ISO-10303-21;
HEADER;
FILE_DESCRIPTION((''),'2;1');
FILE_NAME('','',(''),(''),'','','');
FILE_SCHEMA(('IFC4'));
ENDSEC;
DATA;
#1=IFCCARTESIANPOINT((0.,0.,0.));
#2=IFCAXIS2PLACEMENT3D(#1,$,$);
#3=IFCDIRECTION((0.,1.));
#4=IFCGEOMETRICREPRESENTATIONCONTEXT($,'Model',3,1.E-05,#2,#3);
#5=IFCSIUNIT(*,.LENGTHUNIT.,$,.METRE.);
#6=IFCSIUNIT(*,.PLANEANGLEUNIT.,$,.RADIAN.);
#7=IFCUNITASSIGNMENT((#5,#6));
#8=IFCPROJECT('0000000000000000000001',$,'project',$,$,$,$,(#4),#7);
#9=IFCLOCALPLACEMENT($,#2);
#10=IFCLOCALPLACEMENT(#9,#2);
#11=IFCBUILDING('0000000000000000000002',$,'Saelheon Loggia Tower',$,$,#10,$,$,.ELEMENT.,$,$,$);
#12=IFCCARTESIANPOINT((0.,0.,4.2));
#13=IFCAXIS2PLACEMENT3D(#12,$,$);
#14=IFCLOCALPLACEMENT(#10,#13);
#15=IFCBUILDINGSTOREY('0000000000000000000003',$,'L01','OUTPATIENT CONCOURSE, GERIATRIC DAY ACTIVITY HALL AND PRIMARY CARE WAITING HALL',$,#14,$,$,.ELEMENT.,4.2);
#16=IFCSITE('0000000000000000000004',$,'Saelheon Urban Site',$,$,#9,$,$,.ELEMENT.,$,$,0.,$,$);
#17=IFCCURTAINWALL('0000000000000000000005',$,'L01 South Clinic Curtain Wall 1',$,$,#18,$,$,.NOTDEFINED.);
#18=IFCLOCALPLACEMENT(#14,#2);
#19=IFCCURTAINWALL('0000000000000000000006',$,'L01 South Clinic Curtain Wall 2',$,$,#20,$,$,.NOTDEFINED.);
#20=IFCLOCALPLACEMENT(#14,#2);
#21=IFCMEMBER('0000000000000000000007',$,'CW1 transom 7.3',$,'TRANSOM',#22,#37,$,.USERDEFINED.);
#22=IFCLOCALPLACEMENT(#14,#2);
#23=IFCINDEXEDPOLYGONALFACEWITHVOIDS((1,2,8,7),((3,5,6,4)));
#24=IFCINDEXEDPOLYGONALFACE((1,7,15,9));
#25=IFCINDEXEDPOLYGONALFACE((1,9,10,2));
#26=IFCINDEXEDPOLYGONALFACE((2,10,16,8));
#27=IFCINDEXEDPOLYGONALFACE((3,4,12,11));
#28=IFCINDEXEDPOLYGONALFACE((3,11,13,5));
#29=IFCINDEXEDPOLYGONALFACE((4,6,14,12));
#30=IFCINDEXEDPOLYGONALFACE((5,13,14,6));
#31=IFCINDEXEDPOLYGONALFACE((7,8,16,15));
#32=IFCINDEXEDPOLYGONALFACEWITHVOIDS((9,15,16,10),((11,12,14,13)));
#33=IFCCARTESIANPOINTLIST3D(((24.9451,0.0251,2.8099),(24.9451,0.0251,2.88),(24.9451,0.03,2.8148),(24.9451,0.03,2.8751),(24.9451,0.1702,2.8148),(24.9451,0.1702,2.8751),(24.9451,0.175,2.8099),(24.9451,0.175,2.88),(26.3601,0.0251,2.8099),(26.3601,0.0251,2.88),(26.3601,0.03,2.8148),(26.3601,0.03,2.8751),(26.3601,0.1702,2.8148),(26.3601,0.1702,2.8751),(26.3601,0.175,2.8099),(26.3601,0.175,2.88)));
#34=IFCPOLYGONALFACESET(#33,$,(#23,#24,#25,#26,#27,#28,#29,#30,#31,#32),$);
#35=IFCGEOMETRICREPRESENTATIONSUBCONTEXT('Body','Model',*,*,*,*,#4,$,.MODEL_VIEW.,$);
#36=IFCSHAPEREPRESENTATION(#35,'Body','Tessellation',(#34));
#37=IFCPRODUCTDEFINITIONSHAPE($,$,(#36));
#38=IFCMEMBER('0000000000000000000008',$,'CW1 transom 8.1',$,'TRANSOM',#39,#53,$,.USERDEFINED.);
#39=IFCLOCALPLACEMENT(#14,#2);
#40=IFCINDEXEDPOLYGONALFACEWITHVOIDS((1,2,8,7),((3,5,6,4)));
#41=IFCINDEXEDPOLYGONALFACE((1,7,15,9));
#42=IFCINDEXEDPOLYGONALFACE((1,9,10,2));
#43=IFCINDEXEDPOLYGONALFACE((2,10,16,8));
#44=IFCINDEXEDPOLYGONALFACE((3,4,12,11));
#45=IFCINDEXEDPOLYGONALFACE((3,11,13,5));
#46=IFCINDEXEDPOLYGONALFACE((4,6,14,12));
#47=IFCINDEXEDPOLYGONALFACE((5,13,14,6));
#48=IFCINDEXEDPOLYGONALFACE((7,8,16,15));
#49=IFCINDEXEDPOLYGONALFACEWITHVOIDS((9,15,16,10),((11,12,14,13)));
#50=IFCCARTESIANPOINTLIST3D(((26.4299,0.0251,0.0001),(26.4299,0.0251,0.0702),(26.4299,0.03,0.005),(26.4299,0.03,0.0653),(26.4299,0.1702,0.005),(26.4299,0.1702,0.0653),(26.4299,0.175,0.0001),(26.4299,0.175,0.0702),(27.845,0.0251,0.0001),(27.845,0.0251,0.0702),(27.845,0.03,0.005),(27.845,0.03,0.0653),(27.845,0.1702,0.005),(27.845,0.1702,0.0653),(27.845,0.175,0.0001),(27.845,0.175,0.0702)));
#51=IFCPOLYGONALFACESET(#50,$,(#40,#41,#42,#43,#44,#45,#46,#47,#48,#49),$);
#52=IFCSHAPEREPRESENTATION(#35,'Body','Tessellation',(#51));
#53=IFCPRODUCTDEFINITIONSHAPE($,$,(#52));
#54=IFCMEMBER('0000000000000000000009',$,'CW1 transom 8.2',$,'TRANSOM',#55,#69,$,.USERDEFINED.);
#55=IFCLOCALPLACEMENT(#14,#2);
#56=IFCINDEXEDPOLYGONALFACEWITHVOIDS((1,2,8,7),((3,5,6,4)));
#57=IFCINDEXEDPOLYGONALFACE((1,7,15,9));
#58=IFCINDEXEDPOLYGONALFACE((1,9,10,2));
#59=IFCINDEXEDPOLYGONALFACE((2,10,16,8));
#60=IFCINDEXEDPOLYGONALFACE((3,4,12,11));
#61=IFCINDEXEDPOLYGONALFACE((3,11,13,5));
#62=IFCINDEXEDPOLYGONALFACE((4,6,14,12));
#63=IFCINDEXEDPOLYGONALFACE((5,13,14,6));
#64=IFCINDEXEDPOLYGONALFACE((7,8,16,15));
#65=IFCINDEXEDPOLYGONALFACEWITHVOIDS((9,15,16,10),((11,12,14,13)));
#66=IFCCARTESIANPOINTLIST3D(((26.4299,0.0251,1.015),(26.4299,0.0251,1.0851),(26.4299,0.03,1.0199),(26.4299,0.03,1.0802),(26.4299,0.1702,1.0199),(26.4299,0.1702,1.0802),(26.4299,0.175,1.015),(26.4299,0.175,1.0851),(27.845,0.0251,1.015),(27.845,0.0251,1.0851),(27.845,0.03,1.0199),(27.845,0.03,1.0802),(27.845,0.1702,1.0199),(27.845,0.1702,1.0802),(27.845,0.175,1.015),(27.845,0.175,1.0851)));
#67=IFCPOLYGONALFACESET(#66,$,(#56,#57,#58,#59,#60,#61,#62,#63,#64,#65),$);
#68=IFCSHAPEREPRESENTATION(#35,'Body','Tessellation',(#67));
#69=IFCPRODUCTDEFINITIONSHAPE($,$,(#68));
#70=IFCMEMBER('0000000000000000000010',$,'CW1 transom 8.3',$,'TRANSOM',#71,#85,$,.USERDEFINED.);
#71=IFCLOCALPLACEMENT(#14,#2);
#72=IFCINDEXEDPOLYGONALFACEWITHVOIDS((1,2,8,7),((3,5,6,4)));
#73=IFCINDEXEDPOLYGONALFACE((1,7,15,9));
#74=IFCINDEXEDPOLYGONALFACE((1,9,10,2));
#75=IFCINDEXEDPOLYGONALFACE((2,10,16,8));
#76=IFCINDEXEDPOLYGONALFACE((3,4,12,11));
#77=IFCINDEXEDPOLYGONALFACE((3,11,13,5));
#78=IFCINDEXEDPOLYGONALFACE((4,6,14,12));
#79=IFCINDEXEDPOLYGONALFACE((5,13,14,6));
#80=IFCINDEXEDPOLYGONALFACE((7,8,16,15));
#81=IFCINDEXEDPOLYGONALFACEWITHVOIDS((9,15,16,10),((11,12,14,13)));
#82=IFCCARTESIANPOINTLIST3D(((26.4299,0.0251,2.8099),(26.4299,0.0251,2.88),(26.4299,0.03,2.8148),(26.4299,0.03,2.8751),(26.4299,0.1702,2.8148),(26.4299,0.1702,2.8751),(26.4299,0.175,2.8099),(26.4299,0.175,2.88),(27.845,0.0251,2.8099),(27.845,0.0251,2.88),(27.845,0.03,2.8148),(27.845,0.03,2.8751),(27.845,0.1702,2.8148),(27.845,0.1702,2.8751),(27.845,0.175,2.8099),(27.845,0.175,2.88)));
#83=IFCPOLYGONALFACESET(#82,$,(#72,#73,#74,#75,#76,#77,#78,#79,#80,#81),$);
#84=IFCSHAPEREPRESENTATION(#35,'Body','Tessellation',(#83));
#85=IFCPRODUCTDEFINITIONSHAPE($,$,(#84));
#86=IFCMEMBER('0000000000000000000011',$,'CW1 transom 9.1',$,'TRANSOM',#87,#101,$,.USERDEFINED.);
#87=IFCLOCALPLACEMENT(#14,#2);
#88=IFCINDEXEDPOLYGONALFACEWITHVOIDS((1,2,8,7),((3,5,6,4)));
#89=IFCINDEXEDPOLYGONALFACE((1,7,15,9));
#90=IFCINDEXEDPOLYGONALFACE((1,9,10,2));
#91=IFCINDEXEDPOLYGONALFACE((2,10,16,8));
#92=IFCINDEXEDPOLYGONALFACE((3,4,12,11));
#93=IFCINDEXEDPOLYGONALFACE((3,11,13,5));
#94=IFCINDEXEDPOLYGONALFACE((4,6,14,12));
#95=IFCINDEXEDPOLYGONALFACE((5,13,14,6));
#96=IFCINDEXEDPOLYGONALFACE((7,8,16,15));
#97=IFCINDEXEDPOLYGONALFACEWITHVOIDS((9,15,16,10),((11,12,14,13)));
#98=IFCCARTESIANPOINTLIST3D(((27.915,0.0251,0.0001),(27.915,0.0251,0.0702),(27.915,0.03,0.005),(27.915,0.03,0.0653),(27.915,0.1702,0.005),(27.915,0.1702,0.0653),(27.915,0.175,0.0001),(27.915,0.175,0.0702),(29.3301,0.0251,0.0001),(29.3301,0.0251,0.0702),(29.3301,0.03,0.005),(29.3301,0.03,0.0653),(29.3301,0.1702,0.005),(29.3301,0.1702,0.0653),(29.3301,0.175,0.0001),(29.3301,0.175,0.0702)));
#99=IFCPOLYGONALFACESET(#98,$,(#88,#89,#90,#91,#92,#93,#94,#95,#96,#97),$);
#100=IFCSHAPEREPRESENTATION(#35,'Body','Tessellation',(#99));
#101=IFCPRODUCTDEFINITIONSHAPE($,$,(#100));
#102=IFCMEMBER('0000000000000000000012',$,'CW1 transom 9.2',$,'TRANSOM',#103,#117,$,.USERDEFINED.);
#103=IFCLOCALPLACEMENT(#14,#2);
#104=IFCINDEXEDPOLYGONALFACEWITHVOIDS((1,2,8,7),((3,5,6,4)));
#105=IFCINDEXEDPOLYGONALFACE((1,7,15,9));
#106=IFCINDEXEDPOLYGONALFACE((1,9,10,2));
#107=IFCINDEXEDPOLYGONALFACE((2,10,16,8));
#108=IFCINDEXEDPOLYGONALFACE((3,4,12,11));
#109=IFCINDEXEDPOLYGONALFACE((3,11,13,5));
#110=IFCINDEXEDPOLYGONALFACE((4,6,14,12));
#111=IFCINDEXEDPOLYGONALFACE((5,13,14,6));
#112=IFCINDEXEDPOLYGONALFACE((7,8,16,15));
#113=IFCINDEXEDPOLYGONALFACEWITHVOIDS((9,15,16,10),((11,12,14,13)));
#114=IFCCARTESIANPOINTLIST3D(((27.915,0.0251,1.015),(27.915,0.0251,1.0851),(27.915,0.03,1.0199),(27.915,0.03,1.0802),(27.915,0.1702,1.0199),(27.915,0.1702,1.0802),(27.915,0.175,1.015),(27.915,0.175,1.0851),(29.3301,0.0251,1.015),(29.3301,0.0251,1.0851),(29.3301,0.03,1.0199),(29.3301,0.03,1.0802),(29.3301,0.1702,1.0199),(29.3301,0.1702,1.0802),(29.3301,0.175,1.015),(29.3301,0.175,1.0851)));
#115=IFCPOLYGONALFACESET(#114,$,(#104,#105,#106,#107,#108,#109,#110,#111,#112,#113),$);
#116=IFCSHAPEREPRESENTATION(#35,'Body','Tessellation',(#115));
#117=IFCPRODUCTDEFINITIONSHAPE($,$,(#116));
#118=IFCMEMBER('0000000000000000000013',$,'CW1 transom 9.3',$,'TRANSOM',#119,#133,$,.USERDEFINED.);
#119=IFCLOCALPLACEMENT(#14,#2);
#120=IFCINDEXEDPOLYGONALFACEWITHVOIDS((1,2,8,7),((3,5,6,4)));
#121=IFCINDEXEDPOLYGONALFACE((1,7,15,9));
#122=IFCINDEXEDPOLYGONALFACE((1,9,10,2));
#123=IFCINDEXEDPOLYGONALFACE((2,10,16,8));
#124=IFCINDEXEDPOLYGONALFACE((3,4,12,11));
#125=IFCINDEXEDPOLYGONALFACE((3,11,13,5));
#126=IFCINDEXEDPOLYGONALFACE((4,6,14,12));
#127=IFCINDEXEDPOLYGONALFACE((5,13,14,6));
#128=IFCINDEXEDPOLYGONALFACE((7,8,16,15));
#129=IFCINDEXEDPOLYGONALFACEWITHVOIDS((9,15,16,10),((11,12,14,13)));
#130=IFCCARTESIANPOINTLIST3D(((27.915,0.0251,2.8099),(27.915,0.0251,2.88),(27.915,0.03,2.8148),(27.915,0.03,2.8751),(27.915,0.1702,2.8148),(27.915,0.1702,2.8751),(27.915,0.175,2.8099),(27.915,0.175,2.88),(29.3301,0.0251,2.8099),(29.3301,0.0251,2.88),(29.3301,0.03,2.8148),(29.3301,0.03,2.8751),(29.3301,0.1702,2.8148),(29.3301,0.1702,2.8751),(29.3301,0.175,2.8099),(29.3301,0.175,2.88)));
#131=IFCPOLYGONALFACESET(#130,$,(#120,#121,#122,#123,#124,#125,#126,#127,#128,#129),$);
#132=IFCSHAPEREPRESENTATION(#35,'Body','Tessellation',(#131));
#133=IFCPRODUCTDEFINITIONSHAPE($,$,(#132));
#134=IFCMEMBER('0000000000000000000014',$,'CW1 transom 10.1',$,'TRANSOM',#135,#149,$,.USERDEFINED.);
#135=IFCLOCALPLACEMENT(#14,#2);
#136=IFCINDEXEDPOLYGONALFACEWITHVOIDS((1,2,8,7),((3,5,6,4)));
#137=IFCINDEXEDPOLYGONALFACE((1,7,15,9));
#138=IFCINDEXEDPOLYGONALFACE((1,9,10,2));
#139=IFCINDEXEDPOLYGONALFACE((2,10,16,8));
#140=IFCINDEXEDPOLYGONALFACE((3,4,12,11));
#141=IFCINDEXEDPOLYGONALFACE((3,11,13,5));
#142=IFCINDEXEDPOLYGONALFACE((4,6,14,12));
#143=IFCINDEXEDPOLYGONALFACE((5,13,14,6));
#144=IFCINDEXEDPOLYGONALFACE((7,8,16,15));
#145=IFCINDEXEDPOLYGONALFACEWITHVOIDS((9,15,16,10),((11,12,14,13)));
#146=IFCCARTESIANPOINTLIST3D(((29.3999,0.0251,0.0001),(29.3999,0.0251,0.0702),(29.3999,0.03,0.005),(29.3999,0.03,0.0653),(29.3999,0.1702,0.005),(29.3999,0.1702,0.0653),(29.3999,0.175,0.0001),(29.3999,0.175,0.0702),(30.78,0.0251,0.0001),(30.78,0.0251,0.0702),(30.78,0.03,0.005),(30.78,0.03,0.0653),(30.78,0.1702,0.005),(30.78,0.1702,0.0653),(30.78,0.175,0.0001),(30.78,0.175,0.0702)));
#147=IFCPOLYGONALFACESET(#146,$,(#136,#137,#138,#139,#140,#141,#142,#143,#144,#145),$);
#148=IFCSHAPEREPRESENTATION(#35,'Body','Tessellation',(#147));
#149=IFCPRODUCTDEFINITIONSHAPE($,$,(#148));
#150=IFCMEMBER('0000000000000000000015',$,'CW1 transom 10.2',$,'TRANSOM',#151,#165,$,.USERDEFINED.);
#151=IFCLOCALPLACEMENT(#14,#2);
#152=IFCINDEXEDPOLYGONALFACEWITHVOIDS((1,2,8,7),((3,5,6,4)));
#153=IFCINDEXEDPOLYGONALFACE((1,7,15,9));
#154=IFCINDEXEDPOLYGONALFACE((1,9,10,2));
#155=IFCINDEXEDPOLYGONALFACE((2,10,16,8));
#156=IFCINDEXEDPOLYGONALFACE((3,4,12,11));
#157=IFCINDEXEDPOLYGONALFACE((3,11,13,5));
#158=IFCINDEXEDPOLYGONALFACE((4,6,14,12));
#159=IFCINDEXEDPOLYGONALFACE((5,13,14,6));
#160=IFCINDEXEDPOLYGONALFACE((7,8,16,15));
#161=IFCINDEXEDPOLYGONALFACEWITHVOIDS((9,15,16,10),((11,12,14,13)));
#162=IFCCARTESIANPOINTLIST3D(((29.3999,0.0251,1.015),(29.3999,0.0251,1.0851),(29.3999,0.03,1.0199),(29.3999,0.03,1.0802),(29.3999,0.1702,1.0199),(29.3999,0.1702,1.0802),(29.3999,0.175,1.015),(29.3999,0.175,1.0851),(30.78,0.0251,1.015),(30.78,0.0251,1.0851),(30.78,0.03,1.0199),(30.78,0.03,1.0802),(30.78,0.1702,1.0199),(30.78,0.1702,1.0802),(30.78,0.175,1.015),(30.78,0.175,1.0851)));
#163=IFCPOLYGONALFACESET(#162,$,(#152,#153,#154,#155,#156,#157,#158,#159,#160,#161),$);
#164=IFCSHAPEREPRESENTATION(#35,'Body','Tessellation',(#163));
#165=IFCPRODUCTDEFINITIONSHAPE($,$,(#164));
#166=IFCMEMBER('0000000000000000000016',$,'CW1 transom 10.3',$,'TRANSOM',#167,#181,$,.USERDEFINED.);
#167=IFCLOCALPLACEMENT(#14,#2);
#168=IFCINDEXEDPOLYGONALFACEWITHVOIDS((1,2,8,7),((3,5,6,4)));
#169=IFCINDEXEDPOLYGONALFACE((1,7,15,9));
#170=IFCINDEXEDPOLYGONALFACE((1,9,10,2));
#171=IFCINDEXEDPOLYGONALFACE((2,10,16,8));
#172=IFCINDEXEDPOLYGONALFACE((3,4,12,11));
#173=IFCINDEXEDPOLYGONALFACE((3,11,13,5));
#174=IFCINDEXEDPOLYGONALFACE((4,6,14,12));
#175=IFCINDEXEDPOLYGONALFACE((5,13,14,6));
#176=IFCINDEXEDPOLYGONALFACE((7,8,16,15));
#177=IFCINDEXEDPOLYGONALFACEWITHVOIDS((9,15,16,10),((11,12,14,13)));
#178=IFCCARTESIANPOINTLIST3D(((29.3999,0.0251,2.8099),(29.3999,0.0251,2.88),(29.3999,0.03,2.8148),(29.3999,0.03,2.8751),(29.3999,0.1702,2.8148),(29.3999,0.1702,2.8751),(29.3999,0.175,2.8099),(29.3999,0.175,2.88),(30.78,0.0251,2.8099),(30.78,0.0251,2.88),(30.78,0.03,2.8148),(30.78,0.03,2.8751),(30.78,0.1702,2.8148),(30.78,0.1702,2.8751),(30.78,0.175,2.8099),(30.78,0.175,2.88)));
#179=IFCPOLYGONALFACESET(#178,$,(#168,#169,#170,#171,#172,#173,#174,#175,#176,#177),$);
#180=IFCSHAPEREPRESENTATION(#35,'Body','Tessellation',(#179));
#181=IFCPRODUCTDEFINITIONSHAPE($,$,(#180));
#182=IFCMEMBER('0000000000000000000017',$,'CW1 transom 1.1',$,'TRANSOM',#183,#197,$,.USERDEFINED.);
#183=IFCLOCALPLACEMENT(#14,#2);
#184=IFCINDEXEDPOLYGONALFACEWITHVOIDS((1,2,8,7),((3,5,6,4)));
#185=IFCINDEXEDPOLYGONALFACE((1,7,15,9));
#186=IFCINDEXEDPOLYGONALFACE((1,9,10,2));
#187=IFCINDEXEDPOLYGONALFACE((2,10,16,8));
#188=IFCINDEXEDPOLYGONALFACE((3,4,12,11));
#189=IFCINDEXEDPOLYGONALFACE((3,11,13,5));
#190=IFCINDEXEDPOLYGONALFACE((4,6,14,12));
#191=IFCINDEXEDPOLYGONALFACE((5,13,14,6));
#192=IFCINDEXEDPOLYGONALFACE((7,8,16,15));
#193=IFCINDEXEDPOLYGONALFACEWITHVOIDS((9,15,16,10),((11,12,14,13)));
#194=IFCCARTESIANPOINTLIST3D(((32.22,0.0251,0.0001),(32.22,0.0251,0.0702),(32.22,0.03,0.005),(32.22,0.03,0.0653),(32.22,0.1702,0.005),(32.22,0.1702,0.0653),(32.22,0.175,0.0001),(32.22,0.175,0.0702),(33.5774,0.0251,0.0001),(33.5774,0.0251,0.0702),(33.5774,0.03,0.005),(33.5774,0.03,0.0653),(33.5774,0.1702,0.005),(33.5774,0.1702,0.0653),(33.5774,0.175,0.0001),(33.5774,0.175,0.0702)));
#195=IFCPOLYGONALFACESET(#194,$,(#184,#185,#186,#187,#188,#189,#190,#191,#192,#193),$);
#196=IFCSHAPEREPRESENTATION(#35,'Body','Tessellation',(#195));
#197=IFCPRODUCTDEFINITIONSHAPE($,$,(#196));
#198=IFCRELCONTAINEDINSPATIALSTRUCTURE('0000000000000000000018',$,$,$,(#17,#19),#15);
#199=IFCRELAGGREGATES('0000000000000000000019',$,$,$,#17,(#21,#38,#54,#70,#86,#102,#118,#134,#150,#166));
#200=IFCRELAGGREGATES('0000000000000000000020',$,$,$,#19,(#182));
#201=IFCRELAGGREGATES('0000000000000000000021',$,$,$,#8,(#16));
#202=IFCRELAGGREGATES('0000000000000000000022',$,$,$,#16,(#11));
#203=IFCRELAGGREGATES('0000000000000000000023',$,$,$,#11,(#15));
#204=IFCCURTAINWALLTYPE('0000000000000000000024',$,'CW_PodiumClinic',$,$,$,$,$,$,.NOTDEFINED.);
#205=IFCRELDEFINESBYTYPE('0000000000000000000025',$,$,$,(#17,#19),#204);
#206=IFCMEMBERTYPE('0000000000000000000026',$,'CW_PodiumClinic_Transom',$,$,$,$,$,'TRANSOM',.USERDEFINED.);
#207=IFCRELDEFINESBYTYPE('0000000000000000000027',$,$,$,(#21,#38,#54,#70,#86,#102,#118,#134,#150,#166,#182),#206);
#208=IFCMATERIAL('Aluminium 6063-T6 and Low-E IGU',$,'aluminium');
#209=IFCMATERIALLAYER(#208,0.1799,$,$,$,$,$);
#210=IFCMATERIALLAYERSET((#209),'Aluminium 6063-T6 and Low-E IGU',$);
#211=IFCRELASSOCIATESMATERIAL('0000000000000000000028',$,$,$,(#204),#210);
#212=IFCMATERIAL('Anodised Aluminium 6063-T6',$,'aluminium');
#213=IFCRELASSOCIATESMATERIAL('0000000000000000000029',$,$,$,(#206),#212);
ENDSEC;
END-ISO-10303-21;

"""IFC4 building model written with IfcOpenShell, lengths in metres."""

from ifc_helpers import new_model, si_unit, direction, frame, origin, origin_2d, place, context, subcontext, project, spatial, hollow_rectangle, extrude, source, transform, mapped, material, layer, layer_set, material_profile, profile_set, type_object, element, aggregate, save


model = new_model("IFC4")

# Units and contexts
model_context = context("Model", 3, precision=1e-05, world=origin(), true_north=direction((0.0, 1.0)))
body_context = subcontext(model_context, "Body", "Model", "MODEL_VIEW")
ifc_project = project(units=[si_unit("LENGTHUNIT", "METRE"), si_unit("PLANEANGLEUNIT", "RADIAN")], contexts=[model_context])

# Site, building, storey
site_placement = place(None, origin())
site = spatial("IfcSite", under=ifc_project, at=site_placement, Name="Saelheon Urban Site", CompositionType="ELEMENT", RefElevation=0.0)
building_placement = place(site_placement, origin())
building = spatial("IfcBuilding", under=site, at=building_placement, Name="Saelheon Loggia Tower", CompositionType="ELEMENT")
storey_placement = place(building_placement, frame((0.0, 0.0, 4.2)))
storey = spatial("IfcBuildingStorey", under=building, at=storey_placement, Name="L01", Description="OUTPATIENT CONCOURSE, GERIATRIC DAY ACTIVITY HALL AND PRIMARY CARE WAITING HALL", CompositionType="ELEMENT", Elevation=4.2)

# Curtain walls
ifc_material_1 = material(Name="Aluminium 6063-T6 and Low-E IGU", Category="aluminium")
ifc_layer_1 = layer(ifc_material_1, 0.1799)
ifc_layer_set_1 = layer_set([ifc_layer_1], Name="Aluminium 6063-T6 and Low-E IGU")
curtain_wall_type = type_object("IfcCurtainWallType", Name="CW_PodiumClinic", PredefinedType="NOTDEFINED", material=ifc_layer_set_1)
curtain_wall_1_placement = place(storey_placement, origin())
curtain_wall_1 = element("IfcCurtainWall", 1, at=curtain_wall_1_placement, inside=storey, type_object=curtain_wall_type, Name="L01 South Clinic Curtain Wall 1", PredefinedType="NOTDEFINED")
ifc_material_2 = material(Name="Anodised Aluminium 6063-T6", Category="aluminium")
curtain_wall_2_placement = place(storey_placement, origin())
curtain_wall_2 = element("IfcCurtainWall", 2, at=curtain_wall_2_placement, inside=storey, type_object=curtain_wall_type, Name="L01 South Clinic Curtain Wall 2", PredefinedType="NOTDEFINED")

# Members
ifc_material_profile_1 = material_profile(ifc_material_2, hollow_rectangle(XDim=0.0701, YDim=0.1499, WallThickness=0.0049, at=origin_2d()), Name="RHS-150x70x5")
ifc_profile_set_1 = profile_set([ifc_material_profile_1], Name="Anodised Aluminium 6063-T6")
member_type_1 = type_object("IfcMemberType", Name="CW_PodiumClinic_Transom", ElementType="TRANSOM", PredefinedType="USERDEFINED", material=ifc_profile_set_1)
shared_shape_1 = source(origin(), body_context, "Body", "SweptSolid", [
    extrude(hollow_rectangle(XDim=0.0701, YDim=0.1499, WallThickness=0.0049, at=origin_2d()), origin(), (0.0, 0.0, 1.0), 1.415),
])
member_1_placement = place(storey_placement, frame((24.9451, 0.1001, 2.845), z_axis=(1.0, 0.0, 0.0), x_axis=(0.0, 0.0, 1.0)))
member_1 = element("IfcMember", 3, at=member_1_placement, type_object=member_type_1, Name="CW1 transom 7.3", ObjectType="TRANSOM", PredefinedType="USERDEFINED", context=body_context, shape_type="MappedRepresentation", body=[
    mapped(shared_shape_1, transform((0.0, 0.0, 0.0), scale=1.0)),
])
member_2_placement = place(storey_placement, frame((26.4299, 0.1001, 0.0352), z_axis=(1.0, 0.0, 0.0), x_axis=(0.0, 0.0, 1.0)))
member_2 = element("IfcMember", 4, at=member_2_placement, type_object=member_type_1, Name="CW1 transom 8.1", ObjectType="TRANSOM", PredefinedType="USERDEFINED", context=body_context, shape_type="MappedRepresentation", body=[
    mapped(shared_shape_1, transform((0.0, 0.0, 0.0), scale=1.0)),
])
member_3_placement = place(storey_placement, frame((26.4299, 0.1001, 1.05), z_axis=(1.0, 0.0, 0.0), x_axis=(0.0, 0.0, 1.0)))
member_3 = element("IfcMember", 5, at=member_3_placement, type_object=member_type_1, Name="CW1 transom 8.2", ObjectType="TRANSOM", PredefinedType="USERDEFINED", context=body_context, shape_type="MappedRepresentation", body=[
    mapped(shared_shape_1, transform((0.0, 0.0, 0.0), scale=1.0)),
])
member_4_placement = place(storey_placement, frame((26.4299, 0.1001, 2.845), z_axis=(1.0, 0.0, 0.0), x_axis=(0.0, 0.0, 1.0)))
member_4 = element("IfcMember", 6, at=member_4_placement, type_object=member_type_1, Name="CW1 transom 8.3", ObjectType="TRANSOM", PredefinedType="USERDEFINED", context=body_context, shape_type="MappedRepresentation", body=[
    mapped(shared_shape_1, transform((0.0, 0.0, 0.0), scale=1.0)),
])
member_5_placement = place(storey_placement, frame((27.915, 0.1001, 0.0352), z_axis=(1.0, 0.0, 0.0), x_axis=(0.0, 0.0, 1.0)))
member_5 = element("IfcMember", 7, at=member_5_placement, type_object=member_type_1, Name="CW1 transom 9.1", ObjectType="TRANSOM", PredefinedType="USERDEFINED", context=body_context, shape_type="MappedRepresentation", body=[
    mapped(shared_shape_1, transform((0.0, 0.0, 0.0), scale=1.0)),
])
member_6_placement = place(storey_placement, frame((27.915, 0.1001, 1.05), z_axis=(1.0, 0.0, 0.0), x_axis=(0.0, 0.0, 1.0)))
member_6 = element("IfcMember", 8, at=member_6_placement, type_object=member_type_1, Name="CW1 transom 9.2", ObjectType="TRANSOM", PredefinedType="USERDEFINED", context=body_context, shape_type="MappedRepresentation", body=[
    mapped(shared_shape_1, transform((0.0, 0.0, 0.0), scale=1.0)),
])
member_7_placement = place(storey_placement, frame((27.915, 0.1001, 2.845), z_axis=(1.0, 0.0, 0.0), x_axis=(0.0, 0.0, 1.0)))
member_7 = element("IfcMember", 9, at=member_7_placement, type_object=member_type_1, Name="CW1 transom 9.3", ObjectType="TRANSOM", PredefinedType="USERDEFINED", context=body_context, shape_type="MappedRepresentation", body=[
    mapped(shared_shape_1, transform((0.0, 0.0, 0.0), scale=1.0)),
])
shared_shape_2 = source(origin(), body_context, "Body", "SweptSolid", [
    extrude(hollow_rectangle(XDim=0.0701, YDim=0.1499, WallThickness=0.0049, at=origin_2d()), origin(), (0.0, 0.0, 1.0), 1.3801),
])
member_8_placement = place(storey_placement, frame((29.3999, 0.1001, 0.0352), z_axis=(1.0, 0.0, 0.0), x_axis=(0.0, 0.0, 1.0)))
member_8 = element("IfcMember", 10, at=member_8_placement, type_object=member_type_1, Name="CW1 transom 10.1", ObjectType="TRANSOM", PredefinedType="USERDEFINED", context=body_context, shape_type="MappedRepresentation", body=[
    mapped(shared_shape_2, transform((0.0, 0.0, 0.0), scale=1.0)),
])
member_9_placement = place(storey_placement, frame((29.3999, 0.1001, 1.05), z_axis=(1.0, 0.0, 0.0), x_axis=(0.0, 0.0, 1.0)))
member_9 = element("IfcMember", 11, at=member_9_placement, type_object=member_type_1, Name="CW1 transom 10.2", ObjectType="TRANSOM", PredefinedType="USERDEFINED", context=body_context, shape_type="MappedRepresentation", body=[
    mapped(shared_shape_2, transform((0.0, 0.0, 0.0), scale=1.0)),
])
member_10_placement = place(storey_placement, frame((29.3999, 0.1001, 2.845), z_axis=(1.0, 0.0, 0.0), x_axis=(0.0, 0.0, 1.0)))
member_10 = element("IfcMember", 12, at=member_10_placement, type_object=member_type_1, Name="CW1 transom 10.3", ObjectType="TRANSOM", PredefinedType="USERDEFINED", context=body_context, shape_type="MappedRepresentation", body=[
    mapped(shared_shape_2, transform((0.0, 0.0, 0.0), scale=1.0)),
])
shared_shape_3 = source(origin(), body_context, "Body", "SweptSolid", [
    extrude(hollow_rectangle(XDim=0.0701, YDim=0.1499, WallThickness=0.0049, at=origin_2d()), origin(), (0.0, 0.0, 1.0), 1.3574),
])
member_11_placement = place(storey_placement, frame((32.22, 0.1001, 0.0352), z_axis=(1.0, 0.0, 0.0), x_axis=(0.0, 0.0, 1.0)))
member_11 = element("IfcMember", 13, at=member_11_placement, type_object=member_type_1, Name="CW1 transom 1.1", ObjectType="TRANSOM", PredefinedType="USERDEFINED", context=body_context, shape_type="MappedRepresentation", body=[
    mapped(shared_shape_3, transform((0.0, 0.0, 0.0), scale=1.0)),
])

aggregate(curtain_wall_1, [member_1, member_2, member_3, member_4, member_5, member_6, member_7, member_8, member_9, member_10])
aggregate(curtain_wall_2, [member_11])

save(model, "model.ifc")
